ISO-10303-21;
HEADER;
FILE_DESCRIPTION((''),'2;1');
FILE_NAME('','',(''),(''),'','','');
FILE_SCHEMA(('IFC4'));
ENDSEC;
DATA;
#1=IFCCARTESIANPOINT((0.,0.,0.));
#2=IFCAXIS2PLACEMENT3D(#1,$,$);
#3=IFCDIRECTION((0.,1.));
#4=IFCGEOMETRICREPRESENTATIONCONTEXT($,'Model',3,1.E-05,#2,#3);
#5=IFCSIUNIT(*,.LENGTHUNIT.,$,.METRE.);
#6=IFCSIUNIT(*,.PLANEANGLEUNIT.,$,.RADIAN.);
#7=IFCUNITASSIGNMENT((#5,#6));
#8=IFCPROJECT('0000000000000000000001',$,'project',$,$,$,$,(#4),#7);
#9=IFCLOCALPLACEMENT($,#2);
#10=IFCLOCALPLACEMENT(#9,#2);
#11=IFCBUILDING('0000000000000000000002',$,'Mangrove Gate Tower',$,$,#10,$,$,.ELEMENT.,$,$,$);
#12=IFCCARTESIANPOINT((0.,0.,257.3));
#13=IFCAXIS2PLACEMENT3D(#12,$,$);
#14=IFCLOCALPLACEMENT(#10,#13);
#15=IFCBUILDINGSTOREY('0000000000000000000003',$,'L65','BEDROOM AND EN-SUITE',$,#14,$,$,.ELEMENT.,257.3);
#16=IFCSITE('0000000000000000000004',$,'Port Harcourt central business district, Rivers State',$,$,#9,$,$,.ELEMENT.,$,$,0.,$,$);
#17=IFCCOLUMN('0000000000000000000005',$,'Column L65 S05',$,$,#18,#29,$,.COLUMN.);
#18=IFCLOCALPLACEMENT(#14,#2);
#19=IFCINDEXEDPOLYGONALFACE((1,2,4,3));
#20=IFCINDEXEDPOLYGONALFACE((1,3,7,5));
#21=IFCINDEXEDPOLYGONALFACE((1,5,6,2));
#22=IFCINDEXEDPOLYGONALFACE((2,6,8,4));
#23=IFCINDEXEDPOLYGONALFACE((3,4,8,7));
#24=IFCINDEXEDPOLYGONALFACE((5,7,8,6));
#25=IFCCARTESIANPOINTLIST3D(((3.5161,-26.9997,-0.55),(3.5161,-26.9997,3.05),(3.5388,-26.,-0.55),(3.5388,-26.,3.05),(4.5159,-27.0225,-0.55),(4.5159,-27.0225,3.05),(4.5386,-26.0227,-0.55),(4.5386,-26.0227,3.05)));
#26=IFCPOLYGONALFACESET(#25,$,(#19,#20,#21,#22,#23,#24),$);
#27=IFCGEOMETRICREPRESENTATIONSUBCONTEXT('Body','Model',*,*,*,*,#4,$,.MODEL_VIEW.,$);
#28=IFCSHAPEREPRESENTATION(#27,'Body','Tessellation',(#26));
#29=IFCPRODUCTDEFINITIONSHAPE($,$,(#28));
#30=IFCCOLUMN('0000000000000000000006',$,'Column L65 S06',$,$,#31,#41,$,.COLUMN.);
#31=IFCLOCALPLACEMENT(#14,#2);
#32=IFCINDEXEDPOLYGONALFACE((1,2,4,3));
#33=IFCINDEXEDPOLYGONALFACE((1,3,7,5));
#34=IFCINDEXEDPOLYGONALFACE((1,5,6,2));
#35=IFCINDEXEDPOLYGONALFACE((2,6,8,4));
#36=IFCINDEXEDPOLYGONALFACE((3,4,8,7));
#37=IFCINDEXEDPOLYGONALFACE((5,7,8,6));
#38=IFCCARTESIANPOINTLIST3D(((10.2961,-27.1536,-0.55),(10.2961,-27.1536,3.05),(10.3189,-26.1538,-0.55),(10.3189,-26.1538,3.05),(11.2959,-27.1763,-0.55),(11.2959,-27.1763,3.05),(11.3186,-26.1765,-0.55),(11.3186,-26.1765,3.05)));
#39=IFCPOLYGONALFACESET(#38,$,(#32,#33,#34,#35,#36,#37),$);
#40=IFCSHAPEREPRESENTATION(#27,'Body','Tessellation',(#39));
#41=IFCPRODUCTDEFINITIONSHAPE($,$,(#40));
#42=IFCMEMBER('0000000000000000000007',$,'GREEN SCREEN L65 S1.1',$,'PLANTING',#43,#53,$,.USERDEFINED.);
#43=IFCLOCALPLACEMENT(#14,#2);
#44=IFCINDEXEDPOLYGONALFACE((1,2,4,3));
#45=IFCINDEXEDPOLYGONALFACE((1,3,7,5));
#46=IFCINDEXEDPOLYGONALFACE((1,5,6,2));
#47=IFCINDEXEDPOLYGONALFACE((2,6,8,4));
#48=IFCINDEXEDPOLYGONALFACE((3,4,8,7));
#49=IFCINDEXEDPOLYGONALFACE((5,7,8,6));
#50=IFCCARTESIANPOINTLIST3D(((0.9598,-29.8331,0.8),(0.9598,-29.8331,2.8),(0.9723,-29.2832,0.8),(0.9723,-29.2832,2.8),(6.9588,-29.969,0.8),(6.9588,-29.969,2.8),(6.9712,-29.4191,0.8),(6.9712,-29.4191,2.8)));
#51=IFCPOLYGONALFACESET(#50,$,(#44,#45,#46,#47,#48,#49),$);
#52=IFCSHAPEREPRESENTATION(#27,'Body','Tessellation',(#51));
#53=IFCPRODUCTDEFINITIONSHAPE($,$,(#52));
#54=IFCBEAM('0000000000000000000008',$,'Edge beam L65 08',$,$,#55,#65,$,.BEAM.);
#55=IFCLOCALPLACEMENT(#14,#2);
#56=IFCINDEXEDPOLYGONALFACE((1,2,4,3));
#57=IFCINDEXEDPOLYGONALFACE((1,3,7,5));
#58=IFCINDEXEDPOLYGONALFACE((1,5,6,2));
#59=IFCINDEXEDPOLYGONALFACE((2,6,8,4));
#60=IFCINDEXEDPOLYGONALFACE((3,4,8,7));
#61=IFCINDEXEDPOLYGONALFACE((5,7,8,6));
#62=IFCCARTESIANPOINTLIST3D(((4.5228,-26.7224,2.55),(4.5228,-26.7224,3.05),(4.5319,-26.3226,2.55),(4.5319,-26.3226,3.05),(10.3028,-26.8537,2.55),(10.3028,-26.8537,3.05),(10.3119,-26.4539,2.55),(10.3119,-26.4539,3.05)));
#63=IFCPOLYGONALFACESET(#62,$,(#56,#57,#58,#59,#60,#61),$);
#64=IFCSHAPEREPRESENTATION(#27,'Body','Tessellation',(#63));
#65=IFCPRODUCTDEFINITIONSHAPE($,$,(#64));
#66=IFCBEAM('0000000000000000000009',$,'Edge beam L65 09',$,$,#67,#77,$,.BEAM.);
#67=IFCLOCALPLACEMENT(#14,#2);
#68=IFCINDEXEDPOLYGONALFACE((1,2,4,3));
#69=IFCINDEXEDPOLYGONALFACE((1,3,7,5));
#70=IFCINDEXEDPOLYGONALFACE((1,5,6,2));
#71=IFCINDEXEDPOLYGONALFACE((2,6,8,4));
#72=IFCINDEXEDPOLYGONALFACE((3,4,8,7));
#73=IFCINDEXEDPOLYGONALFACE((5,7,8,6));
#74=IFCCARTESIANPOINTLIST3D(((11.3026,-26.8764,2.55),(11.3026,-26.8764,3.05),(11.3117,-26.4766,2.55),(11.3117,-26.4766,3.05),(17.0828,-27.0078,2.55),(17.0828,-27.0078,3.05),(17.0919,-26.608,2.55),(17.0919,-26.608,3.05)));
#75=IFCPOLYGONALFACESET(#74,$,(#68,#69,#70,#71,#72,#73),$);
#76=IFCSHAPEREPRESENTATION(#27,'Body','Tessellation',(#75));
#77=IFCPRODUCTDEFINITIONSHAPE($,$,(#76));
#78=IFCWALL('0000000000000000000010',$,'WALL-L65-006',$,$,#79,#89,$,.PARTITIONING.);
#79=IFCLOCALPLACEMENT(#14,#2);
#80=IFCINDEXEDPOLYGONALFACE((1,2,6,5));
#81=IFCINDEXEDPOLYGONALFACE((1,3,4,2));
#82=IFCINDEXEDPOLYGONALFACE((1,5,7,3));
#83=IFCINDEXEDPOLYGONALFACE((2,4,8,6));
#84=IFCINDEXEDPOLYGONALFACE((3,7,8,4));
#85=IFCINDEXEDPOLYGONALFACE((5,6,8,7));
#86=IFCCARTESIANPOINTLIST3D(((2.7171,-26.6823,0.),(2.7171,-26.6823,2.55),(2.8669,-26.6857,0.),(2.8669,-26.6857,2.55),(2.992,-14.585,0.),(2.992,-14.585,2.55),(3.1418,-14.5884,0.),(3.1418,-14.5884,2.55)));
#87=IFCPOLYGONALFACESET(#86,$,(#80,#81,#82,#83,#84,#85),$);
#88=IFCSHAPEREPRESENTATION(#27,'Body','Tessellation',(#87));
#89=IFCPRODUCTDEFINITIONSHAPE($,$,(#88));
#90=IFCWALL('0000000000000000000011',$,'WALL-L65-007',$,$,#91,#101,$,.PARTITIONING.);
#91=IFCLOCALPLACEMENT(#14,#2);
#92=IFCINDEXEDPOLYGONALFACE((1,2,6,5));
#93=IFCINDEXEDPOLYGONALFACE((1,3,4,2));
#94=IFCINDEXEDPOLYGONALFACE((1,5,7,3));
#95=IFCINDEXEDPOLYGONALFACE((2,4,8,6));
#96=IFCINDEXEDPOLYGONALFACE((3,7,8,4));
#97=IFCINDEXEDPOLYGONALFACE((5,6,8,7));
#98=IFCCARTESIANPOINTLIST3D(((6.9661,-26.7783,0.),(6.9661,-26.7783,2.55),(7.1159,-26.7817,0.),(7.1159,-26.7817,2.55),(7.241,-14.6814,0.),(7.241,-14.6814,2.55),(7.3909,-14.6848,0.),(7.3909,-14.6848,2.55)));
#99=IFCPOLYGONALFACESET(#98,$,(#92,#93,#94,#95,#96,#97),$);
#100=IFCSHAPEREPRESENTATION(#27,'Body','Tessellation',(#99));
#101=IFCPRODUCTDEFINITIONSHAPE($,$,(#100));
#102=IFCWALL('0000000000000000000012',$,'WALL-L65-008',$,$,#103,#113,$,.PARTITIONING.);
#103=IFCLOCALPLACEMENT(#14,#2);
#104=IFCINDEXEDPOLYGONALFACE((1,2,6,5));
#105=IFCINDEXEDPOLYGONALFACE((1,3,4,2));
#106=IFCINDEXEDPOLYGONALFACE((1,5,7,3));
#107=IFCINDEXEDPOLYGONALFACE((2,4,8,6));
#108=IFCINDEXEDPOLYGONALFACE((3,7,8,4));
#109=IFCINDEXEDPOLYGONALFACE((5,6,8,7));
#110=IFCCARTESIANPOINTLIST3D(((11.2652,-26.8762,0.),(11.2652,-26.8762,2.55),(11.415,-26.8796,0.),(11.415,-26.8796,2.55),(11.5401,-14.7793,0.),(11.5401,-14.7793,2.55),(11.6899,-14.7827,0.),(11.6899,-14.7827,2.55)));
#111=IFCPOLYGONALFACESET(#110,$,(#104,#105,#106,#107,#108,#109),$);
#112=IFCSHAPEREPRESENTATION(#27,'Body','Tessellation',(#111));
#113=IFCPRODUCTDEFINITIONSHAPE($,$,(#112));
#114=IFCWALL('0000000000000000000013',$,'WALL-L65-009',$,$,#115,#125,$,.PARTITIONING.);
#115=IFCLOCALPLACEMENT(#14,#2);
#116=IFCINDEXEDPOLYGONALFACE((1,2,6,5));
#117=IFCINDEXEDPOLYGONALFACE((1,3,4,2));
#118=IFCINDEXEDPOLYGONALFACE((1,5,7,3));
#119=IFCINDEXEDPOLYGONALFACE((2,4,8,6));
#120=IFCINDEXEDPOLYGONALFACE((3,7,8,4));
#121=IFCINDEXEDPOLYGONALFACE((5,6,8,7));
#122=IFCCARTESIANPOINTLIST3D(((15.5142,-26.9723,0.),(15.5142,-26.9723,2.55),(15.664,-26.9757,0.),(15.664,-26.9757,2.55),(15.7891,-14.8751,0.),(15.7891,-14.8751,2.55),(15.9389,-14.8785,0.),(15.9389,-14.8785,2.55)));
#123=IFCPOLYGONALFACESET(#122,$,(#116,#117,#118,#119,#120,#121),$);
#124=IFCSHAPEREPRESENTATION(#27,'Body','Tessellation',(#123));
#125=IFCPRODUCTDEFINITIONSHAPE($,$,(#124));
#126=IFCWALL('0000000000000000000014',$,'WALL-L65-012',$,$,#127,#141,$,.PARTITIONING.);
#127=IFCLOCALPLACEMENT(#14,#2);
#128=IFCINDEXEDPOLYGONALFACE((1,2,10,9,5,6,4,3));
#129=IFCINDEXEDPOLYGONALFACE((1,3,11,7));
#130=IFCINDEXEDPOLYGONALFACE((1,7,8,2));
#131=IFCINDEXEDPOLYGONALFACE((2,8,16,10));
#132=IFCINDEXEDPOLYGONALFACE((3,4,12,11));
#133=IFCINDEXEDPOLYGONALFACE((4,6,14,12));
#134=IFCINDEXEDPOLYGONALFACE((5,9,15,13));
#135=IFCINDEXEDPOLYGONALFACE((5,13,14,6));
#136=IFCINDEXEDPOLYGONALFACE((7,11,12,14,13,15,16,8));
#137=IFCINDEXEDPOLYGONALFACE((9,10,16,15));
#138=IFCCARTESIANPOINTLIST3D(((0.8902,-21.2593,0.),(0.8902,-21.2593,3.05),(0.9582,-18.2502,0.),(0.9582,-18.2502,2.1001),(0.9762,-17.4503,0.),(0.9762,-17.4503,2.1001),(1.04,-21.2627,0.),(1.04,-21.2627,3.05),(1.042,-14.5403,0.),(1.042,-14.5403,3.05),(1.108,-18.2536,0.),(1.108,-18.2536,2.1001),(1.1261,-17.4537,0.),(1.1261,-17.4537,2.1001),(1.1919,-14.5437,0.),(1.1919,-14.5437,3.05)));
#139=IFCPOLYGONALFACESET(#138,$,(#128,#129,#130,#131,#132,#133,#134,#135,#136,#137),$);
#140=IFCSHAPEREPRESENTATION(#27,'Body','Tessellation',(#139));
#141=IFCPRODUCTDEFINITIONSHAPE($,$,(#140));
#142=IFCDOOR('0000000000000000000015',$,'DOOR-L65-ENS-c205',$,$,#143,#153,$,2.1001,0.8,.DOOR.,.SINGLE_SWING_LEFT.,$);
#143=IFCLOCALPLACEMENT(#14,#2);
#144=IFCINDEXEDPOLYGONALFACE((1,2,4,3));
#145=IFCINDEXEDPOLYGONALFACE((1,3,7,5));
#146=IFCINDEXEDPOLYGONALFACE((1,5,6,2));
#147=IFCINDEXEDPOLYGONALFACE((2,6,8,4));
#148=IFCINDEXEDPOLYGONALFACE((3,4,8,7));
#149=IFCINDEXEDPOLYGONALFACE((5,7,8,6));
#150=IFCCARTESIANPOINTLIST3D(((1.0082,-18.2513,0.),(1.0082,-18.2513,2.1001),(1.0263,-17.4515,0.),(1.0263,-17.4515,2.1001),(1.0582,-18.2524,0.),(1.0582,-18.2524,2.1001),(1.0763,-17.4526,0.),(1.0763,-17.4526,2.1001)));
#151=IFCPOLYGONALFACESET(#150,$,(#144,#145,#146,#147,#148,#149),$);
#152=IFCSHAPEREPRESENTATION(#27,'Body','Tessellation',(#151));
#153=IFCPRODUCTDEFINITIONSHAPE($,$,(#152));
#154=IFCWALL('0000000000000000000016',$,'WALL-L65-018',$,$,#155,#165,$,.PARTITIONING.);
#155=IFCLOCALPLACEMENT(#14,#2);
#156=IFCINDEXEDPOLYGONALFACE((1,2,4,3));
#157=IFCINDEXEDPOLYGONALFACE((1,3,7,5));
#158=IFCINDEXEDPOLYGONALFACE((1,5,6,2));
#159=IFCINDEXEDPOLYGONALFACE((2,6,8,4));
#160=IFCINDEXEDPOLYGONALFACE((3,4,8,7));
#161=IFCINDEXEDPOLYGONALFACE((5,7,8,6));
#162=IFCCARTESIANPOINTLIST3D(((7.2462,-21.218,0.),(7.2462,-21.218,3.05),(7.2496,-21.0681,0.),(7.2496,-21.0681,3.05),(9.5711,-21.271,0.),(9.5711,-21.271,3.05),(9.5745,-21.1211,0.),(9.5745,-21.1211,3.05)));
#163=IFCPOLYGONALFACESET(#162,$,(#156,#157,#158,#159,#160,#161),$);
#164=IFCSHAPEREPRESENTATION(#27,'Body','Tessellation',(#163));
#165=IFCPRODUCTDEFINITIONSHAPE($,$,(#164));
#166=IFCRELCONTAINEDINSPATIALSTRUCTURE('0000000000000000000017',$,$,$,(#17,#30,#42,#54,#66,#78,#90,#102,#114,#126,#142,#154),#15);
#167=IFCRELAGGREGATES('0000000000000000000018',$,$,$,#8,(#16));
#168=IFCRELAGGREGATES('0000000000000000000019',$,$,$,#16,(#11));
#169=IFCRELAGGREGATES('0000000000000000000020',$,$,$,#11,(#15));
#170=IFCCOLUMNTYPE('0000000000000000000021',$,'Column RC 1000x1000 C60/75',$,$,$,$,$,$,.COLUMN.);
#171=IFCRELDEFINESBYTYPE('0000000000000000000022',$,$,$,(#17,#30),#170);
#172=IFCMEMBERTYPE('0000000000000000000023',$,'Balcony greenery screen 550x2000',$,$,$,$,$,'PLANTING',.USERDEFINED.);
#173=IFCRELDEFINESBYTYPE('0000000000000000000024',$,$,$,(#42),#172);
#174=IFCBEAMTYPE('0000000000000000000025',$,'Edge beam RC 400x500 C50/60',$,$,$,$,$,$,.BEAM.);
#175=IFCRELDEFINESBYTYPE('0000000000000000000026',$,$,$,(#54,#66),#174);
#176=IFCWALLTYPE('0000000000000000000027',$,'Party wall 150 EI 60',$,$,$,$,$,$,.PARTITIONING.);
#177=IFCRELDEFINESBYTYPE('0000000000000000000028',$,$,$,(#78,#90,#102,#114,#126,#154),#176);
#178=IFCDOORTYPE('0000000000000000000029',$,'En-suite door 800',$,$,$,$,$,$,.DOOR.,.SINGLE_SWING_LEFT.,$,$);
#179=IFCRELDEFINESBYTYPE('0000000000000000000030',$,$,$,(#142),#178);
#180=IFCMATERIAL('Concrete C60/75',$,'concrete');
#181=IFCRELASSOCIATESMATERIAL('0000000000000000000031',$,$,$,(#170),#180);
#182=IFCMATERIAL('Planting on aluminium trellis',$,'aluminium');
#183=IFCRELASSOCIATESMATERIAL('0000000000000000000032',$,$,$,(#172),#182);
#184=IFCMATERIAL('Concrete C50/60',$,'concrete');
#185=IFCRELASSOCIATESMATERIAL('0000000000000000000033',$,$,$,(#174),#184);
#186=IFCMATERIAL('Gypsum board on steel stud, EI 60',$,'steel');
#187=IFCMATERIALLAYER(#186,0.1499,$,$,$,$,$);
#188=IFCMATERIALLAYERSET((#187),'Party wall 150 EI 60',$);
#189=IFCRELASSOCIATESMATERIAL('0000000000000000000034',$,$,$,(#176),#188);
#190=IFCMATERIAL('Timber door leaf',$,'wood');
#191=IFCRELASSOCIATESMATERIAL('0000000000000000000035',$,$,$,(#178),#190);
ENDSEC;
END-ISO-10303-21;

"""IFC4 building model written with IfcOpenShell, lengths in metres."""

from ifc_helpers import new_model, si_unit, direction, frame, frame_2d, origin, origin_2d, place, context, subcontext, project, spatial, rectangle, extrude, material, layer, layer_set, material_profile, profile_set, type_object, element, fill, save


model = new_model("IFC4")

# Units and contexts
model_context = context("Model", 3, precision=1e-05, world=origin(), true_north=direction((0.0, 1.0)))
body_context = subcontext(model_context, "Body", "Model", "MODEL_VIEW")
ifc_project = project(units=[si_unit("LENGTHUNIT", "METRE"), si_unit("PLANEANGLEUNIT", "RADIAN")], contexts=[model_context])

# Site, building, storey
site_placement = place(None, origin())
site = spatial("IfcSite", under=ifc_project, at=site_placement, Name="Port Harcourt central business district, Rivers State", CompositionType="ELEMENT", RefElevation=0.0)
building_placement = place(site_placement, origin())
building = spatial("IfcBuilding", under=site, at=building_placement, Name="Mangrove Gate Tower", CompositionType="ELEMENT")
storey_placement = place(building_placement, frame((0.0, 0.0, 257.3)))
storey = spatial("IfcBuildingStorey", under=building, at=storey_placement, Name="L65", Description="BEDROOM AND EN-SUITE", CompositionType="ELEMENT", Elevation=257.3)

# Columns
ifc_material_1 = material(Name="Concrete C60/75", Category="concrete")
ifc_material_profile_1 = material_profile(ifc_material_1, rectangle(XDim=1.0, YDim=1.0, at=origin_2d()))
ifc_profile_set_1 = profile_set([ifc_material_profile_1], Name="Concrete C60/75")
column_type = type_object("IfcColumnType", Name="Column RC 1000x1000 C60/75", PredefinedType="COLUMN", material=ifc_profile_set_1)
for number, where, z_axis, x_axis, name in (
    (1, (4.0273, -26.5112, -0.55), (0.0, 0.0, 1.0), (0.999742, -0.022708, 0.0), "Column L65 S05"),
    (2, (10.8074, -26.665, -0.55), (0.0, 0.0, 1.0), (0.999742, -0.022708, 0.0), "Column L65 S06"),
):
    element("IfcColumn", number, at=place(storey_placement, frame(where, z_axis=z_axis, x_axis=x_axis)), inside=storey, type_object=column_type, Name=name, PredefinedType="COLUMN", context=body_context, shape_type="SweptSolid", body=[
        extrude(rectangle(XDim=1.0, YDim=1.0, at=origin_2d()), origin(), (0.0, 0.0, 1.0), 3.6001),
    ])

# Member
ifc_material_2 = material(Name="Planting on aluminium trellis", Category="aluminium")
ifc_material_profile_2 = material_profile(ifc_material_2, rectangle(XDim=0.55, YDim=2.0, at=origin_2d()))
ifc_profile_set_2 = profile_set([ifc_material_profile_2], Name="Planting on aluminium trellis")
member_type = type_object("IfcMemberType", Name="Balcony greenery screen 550x2000", ElementType="PLANTING", PredefinedType="USERDEFINED", material=ifc_profile_set_2)
member_placement = place(storey_placement, frame((0.9661, -29.5581, 1.8), z_axis=(0.999743, -0.022662, 0.0), x_axis=(0.022662, 0.999743, 0.0)))
element("IfcMember", 3, at=member_placement, inside=storey, type_object=member_type, Name="GREEN SCREEN L65 S1.1", ObjectType="PLANTING", PredefinedType="USERDEFINED", context=body_context, shape_type="SweptSolid", body=[
    extrude(rectangle(XDim=0.55, YDim=2.0, at=origin_2d()), origin(), (0.0, 0.0, 1.0), 6.0005),
])

# Beams
ifc_material_3 = material(Name="Concrete C50/60", Category="concrete")
ifc_material_profile_3 = material_profile(ifc_material_3, rectangle(XDim=0.3999, YDim=0.5, at=origin_2d()))
ifc_profile_set_3 = profile_set([ifc_material_profile_3], Name="Concrete C50/60")
beam_type = type_object("IfcBeamType", Name="Edge beam RC 400x500 C50/60", PredefinedType="BEAM", material=ifc_profile_set_3)
beam_1_placement = place(storey_placement, frame((4.5273, -26.5225, 2.8), z_axis=(0.999742, -0.022719, 0.0), x_axis=(0.022719, 0.999742, 0.0)))
element("IfcBeam", 4, at=beam_1_placement, inside=storey, type_object=beam_type, Name="Edge beam L65 08", PredefinedType="BEAM", context=body_context, shape_type="SweptSolid", body=[
    extrude(rectangle(XDim=0.3999, YDim=0.5, at=origin_2d()), origin(), (0.0, 0.0, 1.0), 5.7815),
])
beam_2_placement = place(storey_placement, frame((11.3071, -26.6765, 2.8), z_axis=(0.999742, -0.022718, 0.0), x_axis=(0.022718, 0.999742, 0.0)))
element("IfcBeam", 5, at=beam_2_placement, inside=storey, type_object=beam_type, Name="Edge beam L65 09", PredefinedType="BEAM", context=body_context, shape_type="SweptSolid", body=[
    extrude(rectangle(XDim=0.3999, YDim=0.5, at=origin_2d()), origin(), (0.0, 0.0, 1.0), 5.7817),
])

# Walls
ifc_material_4 = material(Name="Gypsum board on steel stud, EI 60", Category="steel")
ifc_layer_1 = layer(ifc_material_4, 0.1499)
ifc_layer_set_1 = layer_set([ifc_layer_1], Name="Party wall 150 EI 60")
wall_type_1 = type_object("IfcWallType", Name="Party wall 150 EI 60", PredefinedType="PARTITIONING", material=ifc_layer_set_1)
wall_1_placement = place(storey_placement, frame((2.792, -26.6841, 0.0), z_axis=(0.0, 0.0, 1.0), x_axis=(0.022719, 0.999742, 0.0)))
element("IfcWall", 6, at=wall_1_placement, inside=storey, type_object=wall_type_1, Name="WALL-L65-006", PredefinedType="PARTITIONING", context=body_context, shape_type="SweptSolid", body=[
    extrude(rectangle(XDim=12.1003, YDim=0.1499, at=frame_2d((6.0503, 0.0))), origin(), (0.0, 0.0, 1.0), 2.55),
])
for number, where, z_axis, x_axis, name in (
    (7, (7.041, -26.78, 0.0), (0.0, 0.0, 1.0), (0.022719, 0.999742, 0.0), "WALL-L65-007"),
    (8, (11.3401, -26.8779, 0.0), (0.0, 0.0, 1.0), (0.022719, 0.999742, 0.0), "WALL-L65-008"),
):
    element("IfcWall", number, at=place(storey_placement, frame(where, z_axis=z_axis, x_axis=x_axis)), inside=storey, type_object=wall_type_1, Name=name, PredefinedType="PARTITIONING", context=body_context, shape_type="SweptSolid", body=[
        extrude(rectangle(XDim=12.1001, YDim=0.1499, at=frame_2d((6.05, 0.0))), origin(), (0.0, 0.0, 1.0), 2.55),
    ])
wall_2_placement = place(storey_placement, frame((15.5891, -26.9741, 0.0), z_axis=(0.0, 0.0, 1.0), x_axis=(0.022719, 0.999742, 0.0)))
element("IfcWall", 9, at=wall_2_placement, inside=storey, type_object=wall_type_1, Name="WALL-L65-009", PredefinedType="PARTITIONING", context=body_context, shape_type="SweptSolid", body=[
    extrude(rectangle(XDim=12.1003, YDim=0.1499, at=frame_2d((6.0503, 0.0))), origin(), (0.0, 0.0, 1.0), 2.55),
])

# Wall, opening, door
wall_3_placement = place(storey_placement, frame((0.9651, -21.261, 0.0), z_axis=(0.0, 0.0, 1.0), x_axis=(0.022595, 0.999745, 0.0)))
wall_3 = element("IfcWall", 10, at=wall_3_placement, inside=storey, type_object=wall_type_1, Name="WALL-L65-012", PredefinedType="PARTITIONING", context=body_context, shape_type="SweptSolid", body=[
    extrude(rectangle(XDim=6.7207, YDim=0.1499, at=frame_2d((3.3604, 0.0))), origin(), (0.0, 0.0, 1.0), 3.05),
])
opening_1_placement = place(wall_3_placement, frame((3.01, 0.0, 0.0)))
opening_1 = element("IfcOpeningElement", 11, at=opening_1_placement, cuts=wall_3, PredefinedType="OPENING", context=body_context, shape_type="SweptSolid", body=[
    extrude(rectangle(XDim=0.8, YDim=2.1001, at=frame_2d((0.3999, 1.05))), frame((0.0, 0.085, 0.0), z_axis=(0.0, -1.0, 0.0), x_axis=(1.0, 0.0, 0.0)), (0.0, 0.0, 1.0), 0.1699),
])
ifc_material_5 = material(Name="Timber door leaf", Category="wood")
door_type = type_object("IfcDoorType", Name="En-suite door 800", OperationType="SINGLE_SWING_LEFT", PredefinedType="DOOR", material=ifc_material_5)
door_1_placement = place(opening_1_placement, origin())
door_1 = element("IfcDoor", 12, at=door_1_placement, inside=storey, type_object=door_type, Name="DOOR-L65-ENS-c205", OperationType="SINGLE_SWING_LEFT", OverallHeight=2.1001, OverallWidth=0.8, PredefinedType="DOOR", context=body_context, shape_type="SweptSolid", body=[
    extrude(rectangle(XDim=0.8, YDim=2.1001, at=frame_2d((0.3999, 1.05))), frame((0.0, 0.0249, 0.0), z_axis=(0.0, -1.0, 0.0), x_axis=(1.0, 0.0, 0.0)), (0.0, 0.0, 1.0), 0.05),
])
fill(opening_1, door_1)

# Wall
wall_4_placement = place(storey_placement, frame((7.248, -21.1431, 0.0), z_axis=(0.0, 0.0, 1.0), x_axis=(0.99974, -0.022781, 0.0)))
element("IfcWall", 13, at=wall_4_placement, inside=storey, type_object=wall_type_1, Name="WALL-L65-018", PredefinedType="PARTITIONING", context=body_context, shape_type="SweptSolid", body=[
    extrude(rectangle(XDim=2.3254, YDim=0.1499, at=frame_2d((1.1626, 0.0))), origin(), (0.0, 0.0, 1.0), 3.05),
])

save(model, "model.ifc")
